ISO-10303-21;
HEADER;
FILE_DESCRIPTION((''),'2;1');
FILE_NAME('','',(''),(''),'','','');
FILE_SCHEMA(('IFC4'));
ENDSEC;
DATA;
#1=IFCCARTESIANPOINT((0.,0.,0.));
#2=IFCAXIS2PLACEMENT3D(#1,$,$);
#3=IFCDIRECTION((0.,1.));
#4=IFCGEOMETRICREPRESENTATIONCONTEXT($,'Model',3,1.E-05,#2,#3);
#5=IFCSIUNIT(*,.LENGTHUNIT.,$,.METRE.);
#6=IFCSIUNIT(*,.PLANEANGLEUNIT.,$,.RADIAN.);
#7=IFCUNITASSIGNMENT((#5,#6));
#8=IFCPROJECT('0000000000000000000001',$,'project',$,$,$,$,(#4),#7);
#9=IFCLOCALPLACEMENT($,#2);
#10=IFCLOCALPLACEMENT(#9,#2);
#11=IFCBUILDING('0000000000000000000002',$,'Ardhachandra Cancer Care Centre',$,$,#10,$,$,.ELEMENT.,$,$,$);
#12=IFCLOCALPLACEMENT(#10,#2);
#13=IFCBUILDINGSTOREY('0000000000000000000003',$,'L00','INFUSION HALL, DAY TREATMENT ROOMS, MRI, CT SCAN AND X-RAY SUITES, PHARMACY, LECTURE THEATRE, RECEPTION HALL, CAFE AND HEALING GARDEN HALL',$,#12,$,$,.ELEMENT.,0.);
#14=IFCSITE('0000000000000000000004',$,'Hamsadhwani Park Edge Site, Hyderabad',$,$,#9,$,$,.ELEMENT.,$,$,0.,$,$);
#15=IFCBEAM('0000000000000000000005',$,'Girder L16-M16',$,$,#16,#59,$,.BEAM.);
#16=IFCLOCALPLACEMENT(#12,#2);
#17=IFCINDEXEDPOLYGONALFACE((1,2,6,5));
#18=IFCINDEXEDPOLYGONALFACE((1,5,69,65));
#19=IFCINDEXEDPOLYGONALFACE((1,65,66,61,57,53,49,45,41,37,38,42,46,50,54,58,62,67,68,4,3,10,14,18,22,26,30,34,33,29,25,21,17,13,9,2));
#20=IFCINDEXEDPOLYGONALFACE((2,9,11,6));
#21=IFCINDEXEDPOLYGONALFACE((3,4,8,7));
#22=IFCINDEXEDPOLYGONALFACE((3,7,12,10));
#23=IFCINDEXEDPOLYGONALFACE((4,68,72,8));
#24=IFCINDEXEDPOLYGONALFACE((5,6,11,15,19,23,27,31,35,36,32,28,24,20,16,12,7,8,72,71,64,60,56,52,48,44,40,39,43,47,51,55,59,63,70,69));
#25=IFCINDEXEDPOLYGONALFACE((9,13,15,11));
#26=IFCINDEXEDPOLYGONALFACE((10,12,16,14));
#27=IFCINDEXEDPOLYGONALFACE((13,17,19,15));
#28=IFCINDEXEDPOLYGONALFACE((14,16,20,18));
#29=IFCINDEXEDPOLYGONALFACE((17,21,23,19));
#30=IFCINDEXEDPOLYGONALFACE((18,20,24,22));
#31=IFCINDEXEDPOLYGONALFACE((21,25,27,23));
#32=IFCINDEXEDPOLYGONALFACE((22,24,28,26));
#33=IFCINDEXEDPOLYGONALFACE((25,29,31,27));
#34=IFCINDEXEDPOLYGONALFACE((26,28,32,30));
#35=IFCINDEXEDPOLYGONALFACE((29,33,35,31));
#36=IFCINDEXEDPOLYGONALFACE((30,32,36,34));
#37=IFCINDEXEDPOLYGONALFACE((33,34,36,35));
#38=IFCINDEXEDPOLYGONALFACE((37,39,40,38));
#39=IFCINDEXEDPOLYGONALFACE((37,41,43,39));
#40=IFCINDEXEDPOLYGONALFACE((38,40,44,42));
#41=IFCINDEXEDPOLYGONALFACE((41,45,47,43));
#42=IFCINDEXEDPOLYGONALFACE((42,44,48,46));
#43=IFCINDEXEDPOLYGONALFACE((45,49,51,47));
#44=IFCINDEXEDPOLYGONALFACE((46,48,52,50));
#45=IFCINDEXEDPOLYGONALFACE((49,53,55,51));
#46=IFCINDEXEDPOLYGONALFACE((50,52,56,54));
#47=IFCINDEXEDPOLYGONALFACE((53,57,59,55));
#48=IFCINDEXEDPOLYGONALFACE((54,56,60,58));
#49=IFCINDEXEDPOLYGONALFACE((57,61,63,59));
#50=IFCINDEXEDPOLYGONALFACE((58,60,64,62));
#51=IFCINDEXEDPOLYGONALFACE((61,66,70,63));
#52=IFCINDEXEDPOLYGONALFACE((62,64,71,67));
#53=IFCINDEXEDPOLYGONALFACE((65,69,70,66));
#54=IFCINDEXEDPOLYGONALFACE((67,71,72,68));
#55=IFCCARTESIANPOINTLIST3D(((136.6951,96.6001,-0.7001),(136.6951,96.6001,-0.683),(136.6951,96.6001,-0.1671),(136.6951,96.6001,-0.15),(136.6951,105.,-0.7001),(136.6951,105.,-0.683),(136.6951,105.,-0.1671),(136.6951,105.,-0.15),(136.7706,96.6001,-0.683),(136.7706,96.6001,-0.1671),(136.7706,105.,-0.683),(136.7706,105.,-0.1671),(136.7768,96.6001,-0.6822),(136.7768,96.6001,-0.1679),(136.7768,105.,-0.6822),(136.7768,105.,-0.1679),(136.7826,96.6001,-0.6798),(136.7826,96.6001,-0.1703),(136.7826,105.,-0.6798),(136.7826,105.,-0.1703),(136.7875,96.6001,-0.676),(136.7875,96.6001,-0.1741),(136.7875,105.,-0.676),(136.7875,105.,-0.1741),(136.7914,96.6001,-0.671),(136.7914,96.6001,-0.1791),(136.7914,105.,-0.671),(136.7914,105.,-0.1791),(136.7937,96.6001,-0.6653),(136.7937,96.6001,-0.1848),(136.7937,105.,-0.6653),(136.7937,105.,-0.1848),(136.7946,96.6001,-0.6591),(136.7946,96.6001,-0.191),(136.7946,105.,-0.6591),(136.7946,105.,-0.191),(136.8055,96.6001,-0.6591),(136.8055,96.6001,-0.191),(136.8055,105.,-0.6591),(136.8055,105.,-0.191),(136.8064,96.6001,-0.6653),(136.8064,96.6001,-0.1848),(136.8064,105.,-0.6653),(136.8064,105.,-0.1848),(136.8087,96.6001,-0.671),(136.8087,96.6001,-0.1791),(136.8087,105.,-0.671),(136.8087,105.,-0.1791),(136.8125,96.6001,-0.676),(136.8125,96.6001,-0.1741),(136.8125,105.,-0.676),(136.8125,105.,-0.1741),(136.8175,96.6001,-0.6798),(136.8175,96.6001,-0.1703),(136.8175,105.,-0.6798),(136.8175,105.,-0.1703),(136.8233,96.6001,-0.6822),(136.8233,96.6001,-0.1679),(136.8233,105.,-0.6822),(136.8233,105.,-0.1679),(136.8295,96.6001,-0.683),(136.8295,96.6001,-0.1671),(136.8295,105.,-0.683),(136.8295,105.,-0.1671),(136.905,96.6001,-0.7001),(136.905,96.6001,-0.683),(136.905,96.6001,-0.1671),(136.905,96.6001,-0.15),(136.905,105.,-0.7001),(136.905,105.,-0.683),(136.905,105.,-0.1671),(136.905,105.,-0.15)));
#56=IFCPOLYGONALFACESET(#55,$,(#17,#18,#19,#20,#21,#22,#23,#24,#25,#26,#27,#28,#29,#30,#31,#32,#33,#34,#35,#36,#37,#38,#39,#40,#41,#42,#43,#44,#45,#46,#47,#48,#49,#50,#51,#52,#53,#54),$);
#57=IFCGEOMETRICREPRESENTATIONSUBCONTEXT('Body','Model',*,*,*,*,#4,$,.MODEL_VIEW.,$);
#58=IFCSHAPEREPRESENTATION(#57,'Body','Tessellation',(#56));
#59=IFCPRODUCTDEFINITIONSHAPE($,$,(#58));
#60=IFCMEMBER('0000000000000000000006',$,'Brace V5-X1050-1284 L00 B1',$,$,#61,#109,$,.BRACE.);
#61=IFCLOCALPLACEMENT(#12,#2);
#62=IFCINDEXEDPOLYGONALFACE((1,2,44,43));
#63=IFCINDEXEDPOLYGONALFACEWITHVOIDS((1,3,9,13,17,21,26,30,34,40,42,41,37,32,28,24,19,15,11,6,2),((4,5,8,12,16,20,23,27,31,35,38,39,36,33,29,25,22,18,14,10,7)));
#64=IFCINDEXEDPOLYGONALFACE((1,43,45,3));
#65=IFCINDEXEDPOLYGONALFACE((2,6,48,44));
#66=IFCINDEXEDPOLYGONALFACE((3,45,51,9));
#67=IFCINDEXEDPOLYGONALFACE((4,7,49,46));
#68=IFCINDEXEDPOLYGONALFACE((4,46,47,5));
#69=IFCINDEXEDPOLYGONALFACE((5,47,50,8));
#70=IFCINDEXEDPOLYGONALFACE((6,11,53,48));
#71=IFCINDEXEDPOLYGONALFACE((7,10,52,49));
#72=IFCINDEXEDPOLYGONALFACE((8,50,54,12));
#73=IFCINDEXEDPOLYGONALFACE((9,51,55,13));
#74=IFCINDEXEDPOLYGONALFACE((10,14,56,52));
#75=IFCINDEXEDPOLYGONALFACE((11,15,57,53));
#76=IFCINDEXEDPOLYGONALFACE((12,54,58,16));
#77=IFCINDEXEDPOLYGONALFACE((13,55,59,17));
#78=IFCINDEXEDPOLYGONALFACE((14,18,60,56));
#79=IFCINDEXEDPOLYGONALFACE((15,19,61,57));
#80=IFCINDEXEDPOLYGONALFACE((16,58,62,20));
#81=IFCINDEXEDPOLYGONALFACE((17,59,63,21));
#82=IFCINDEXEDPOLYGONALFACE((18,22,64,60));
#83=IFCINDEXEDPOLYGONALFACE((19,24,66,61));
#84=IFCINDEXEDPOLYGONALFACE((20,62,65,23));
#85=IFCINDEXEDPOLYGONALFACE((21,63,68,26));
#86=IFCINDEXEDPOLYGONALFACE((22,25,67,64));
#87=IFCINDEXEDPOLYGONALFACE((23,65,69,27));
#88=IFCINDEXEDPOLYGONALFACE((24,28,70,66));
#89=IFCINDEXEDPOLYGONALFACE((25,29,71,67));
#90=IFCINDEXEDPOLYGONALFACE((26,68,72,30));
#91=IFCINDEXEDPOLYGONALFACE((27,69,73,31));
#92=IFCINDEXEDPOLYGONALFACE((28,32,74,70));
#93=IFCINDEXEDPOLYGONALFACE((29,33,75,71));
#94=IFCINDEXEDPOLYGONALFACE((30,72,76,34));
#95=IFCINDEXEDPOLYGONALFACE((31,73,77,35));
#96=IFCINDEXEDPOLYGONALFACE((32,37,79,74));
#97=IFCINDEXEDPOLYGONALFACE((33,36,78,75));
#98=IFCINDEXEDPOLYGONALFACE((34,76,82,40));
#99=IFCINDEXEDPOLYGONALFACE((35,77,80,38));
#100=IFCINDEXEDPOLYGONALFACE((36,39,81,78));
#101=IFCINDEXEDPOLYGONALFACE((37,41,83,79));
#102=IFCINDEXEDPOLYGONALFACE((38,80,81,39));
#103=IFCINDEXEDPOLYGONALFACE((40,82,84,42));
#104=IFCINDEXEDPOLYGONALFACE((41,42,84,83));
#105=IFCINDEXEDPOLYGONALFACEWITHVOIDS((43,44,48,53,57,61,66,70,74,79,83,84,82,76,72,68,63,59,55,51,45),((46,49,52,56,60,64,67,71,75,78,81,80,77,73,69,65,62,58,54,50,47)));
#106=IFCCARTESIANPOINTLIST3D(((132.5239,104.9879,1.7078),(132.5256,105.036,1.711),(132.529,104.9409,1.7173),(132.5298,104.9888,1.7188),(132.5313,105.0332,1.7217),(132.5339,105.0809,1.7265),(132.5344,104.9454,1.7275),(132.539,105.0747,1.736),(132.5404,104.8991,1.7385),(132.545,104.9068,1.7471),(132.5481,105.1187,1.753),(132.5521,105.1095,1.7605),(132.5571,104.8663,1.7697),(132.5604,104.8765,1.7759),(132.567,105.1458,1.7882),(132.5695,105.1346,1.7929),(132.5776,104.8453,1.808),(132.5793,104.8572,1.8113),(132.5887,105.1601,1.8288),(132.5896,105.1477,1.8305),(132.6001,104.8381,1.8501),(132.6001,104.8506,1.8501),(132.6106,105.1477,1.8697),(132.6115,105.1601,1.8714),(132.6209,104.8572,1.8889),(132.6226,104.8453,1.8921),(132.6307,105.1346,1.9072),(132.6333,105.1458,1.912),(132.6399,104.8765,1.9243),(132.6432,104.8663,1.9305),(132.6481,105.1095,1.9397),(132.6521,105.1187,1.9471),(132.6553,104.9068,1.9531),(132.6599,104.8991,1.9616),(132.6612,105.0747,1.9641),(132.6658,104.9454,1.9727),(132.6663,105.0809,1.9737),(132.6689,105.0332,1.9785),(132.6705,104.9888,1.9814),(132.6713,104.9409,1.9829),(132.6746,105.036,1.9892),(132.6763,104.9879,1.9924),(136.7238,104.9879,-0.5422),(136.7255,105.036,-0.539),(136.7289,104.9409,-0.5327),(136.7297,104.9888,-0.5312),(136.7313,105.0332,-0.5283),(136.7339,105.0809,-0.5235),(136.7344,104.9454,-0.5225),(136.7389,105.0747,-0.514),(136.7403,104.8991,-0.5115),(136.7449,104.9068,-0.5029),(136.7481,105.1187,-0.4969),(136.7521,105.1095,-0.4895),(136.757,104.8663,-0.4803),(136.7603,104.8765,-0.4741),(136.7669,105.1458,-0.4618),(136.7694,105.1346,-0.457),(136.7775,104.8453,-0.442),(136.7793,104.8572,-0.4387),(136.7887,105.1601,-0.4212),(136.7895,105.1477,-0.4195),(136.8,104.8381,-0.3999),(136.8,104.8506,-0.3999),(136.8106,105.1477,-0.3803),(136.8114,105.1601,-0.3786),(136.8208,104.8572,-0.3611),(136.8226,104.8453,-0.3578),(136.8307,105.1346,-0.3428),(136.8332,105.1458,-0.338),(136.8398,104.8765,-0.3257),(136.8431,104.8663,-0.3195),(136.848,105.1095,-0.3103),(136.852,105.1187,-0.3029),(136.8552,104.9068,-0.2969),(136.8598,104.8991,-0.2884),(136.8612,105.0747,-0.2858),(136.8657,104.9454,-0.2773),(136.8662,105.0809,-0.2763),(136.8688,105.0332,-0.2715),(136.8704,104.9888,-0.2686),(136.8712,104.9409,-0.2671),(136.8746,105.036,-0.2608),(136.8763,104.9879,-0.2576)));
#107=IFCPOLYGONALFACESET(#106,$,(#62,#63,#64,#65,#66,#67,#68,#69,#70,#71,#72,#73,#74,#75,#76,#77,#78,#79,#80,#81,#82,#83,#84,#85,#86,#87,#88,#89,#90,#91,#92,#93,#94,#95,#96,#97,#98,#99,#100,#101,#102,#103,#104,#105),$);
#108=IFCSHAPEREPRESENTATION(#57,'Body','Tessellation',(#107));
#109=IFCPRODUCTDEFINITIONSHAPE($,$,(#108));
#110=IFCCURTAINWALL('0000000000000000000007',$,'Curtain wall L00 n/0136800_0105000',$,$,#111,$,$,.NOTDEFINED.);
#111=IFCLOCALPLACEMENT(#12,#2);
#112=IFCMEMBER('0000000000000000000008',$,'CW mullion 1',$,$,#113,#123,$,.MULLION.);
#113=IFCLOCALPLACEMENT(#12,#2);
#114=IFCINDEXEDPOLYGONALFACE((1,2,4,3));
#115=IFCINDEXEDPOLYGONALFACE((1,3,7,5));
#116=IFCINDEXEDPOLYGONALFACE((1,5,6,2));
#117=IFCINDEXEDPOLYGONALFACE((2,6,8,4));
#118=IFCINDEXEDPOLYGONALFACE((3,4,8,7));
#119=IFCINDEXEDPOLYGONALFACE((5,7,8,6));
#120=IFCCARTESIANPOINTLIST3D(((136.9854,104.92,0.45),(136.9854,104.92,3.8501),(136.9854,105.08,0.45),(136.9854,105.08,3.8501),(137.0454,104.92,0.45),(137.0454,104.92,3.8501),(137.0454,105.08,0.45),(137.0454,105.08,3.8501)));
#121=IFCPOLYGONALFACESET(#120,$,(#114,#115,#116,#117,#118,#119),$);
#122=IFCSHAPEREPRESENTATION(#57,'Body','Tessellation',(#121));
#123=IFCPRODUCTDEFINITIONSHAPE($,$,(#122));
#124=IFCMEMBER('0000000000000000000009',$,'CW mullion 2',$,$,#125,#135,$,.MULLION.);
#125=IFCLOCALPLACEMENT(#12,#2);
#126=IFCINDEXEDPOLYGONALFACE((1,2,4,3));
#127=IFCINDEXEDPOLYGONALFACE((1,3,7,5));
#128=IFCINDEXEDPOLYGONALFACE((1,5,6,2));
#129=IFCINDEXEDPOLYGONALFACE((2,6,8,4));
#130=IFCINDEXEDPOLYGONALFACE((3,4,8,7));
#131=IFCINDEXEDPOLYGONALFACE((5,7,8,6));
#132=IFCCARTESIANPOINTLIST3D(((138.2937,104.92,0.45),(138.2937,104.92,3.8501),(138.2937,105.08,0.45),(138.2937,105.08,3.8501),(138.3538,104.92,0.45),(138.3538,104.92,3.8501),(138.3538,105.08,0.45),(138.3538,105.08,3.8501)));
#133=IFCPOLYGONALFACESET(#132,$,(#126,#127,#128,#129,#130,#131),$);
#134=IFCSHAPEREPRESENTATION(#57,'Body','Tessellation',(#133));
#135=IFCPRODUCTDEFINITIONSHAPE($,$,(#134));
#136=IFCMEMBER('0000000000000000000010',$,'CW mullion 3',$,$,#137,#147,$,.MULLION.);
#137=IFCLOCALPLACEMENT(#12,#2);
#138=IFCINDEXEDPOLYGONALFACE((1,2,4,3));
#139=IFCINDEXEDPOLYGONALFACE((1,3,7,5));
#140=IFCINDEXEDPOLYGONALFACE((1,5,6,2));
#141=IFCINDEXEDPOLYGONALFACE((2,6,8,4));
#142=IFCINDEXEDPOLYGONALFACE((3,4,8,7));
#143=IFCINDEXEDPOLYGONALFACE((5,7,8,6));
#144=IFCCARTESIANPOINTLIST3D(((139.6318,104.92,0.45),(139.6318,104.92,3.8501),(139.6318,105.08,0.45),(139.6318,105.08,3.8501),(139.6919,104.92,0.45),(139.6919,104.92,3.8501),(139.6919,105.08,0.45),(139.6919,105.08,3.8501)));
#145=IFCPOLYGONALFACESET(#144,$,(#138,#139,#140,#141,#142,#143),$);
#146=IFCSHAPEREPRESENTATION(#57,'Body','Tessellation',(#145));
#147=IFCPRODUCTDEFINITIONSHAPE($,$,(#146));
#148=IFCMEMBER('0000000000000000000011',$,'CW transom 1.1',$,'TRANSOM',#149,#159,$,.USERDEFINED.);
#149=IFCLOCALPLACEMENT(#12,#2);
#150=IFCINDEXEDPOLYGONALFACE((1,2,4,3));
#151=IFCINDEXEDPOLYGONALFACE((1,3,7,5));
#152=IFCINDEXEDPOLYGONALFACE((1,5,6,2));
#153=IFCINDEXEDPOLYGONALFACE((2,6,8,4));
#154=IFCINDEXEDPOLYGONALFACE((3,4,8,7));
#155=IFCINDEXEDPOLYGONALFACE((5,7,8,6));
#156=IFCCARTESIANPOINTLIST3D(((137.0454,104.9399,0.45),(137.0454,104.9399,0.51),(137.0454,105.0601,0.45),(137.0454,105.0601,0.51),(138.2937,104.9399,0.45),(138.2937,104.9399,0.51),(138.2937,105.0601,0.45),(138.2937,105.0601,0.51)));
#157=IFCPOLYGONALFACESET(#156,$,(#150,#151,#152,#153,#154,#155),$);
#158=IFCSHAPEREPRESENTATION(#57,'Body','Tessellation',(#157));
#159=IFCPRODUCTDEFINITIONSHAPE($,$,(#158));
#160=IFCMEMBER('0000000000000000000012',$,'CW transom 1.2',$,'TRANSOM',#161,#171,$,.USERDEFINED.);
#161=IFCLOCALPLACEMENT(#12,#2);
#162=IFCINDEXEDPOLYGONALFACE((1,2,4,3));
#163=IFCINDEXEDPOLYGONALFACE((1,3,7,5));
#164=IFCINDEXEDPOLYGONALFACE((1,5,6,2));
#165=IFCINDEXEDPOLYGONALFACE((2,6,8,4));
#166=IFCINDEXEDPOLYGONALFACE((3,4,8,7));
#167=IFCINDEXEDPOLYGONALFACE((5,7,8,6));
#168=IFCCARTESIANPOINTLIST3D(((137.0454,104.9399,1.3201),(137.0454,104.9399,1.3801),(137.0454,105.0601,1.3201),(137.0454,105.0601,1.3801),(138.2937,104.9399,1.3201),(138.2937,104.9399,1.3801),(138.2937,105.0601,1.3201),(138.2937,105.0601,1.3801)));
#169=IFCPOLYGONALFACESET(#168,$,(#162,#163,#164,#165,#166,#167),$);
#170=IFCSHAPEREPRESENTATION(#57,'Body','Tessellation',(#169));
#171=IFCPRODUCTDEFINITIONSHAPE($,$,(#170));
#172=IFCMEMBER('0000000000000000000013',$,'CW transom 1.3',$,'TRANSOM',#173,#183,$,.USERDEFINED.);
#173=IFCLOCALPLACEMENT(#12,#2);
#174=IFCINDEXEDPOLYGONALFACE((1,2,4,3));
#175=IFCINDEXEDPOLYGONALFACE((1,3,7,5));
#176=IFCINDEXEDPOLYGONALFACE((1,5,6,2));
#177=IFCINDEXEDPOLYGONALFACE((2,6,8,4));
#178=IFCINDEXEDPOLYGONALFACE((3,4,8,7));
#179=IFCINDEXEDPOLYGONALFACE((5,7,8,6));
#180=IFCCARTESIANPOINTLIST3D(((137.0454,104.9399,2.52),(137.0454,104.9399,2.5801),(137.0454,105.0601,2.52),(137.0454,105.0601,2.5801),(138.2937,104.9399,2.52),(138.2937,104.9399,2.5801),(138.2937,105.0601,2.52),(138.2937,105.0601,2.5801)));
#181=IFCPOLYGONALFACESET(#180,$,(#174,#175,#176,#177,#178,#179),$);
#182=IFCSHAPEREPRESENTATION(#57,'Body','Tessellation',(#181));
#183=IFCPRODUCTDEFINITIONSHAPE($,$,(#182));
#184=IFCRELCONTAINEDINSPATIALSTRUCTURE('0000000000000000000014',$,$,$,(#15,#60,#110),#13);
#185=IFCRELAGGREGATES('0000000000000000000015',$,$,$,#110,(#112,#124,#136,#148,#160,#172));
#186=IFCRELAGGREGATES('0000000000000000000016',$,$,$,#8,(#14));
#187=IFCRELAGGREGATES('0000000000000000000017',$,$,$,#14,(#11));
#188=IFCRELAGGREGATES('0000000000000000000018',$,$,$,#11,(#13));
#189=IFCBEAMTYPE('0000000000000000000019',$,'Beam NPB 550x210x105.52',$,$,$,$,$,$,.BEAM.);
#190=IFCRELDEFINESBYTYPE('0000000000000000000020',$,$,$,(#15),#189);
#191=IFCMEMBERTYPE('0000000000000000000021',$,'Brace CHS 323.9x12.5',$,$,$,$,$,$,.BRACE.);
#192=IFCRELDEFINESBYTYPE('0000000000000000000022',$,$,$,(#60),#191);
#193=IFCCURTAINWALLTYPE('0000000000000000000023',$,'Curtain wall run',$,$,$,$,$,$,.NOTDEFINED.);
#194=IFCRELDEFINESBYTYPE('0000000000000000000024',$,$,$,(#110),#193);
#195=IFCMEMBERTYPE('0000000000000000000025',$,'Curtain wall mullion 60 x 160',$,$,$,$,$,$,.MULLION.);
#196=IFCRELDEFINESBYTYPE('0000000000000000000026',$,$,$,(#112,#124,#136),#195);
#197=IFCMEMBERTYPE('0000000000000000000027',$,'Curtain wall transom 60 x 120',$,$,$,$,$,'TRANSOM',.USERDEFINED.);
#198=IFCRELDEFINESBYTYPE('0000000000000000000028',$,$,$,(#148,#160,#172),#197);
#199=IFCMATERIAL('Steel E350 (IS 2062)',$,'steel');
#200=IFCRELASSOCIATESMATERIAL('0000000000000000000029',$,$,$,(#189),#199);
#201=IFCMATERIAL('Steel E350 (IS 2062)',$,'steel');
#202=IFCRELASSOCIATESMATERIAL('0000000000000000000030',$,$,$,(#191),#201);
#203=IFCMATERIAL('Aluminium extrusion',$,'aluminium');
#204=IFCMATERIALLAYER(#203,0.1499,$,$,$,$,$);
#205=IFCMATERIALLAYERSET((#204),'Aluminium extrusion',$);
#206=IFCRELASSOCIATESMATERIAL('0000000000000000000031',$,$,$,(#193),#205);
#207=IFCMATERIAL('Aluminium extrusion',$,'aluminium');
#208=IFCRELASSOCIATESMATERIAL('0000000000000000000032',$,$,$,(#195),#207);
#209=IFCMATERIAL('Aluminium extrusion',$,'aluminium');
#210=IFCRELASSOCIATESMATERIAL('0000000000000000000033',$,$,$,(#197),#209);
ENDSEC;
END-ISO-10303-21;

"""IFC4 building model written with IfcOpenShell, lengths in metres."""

from ifc_helpers import new_model, si_unit, direction, frame, origin, origin_2d, place, context, subcontext, project, spatial, rectangle, hollow_circle, i_section, extrude, material, layer, layer_set, material_profile, profile_set, type_object, element, aggregate, save


model = new_model("IFC4")

# Units and contexts
model_context = context("Model", 3, precision=1e-05, world=origin(), true_north=direction((0.0, 1.0)))
body_context = subcontext(model_context, "Body", "Model", "MODEL_VIEW")
ifc_project = project(units=[si_unit("LENGTHUNIT", "METRE"), si_unit("PLANEANGLEUNIT", "RADIAN")], contexts=[model_context])

# Site, building, storey
site_placement = place(None, origin())
site = spatial("IfcSite", under=ifc_project, at=site_placement, Name="Hamsadhwani Park Edge Site, Hyderabad", CompositionType="ELEMENT", RefElevation=0.0)
building_placement = place(site_placement, origin())
building = spatial("IfcBuilding", under=site, at=building_placement, Name="Ardhachandra Cancer Care Centre", CompositionType="ELEMENT")
storey_placement = place(building_placement, origin())
storey = spatial("IfcBuildingStorey", under=building, at=storey_placement, Name="L00", Description="INFUSION HALL, DAY TREATMENT ROOMS, MRI, CT SCAN AND X-RAY SUITES, PHARMACY, LECTURE THEATRE, RECEPTION HALL, CAFE AND HEALING GARDEN HALL", CompositionType="ELEMENT", Elevation=0.0)

# Beam
ifc_material_1 = material(Name="Steel E350 (IS 2062)", Category="steel")
ifc_material_profile_1 = material_profile(ifc_material_1, i_section(OverallWidth=0.21, OverallDepth=0.55, WebThickness=0.011, FlangeThickness=0.0171, FilletRadius=0.0239, at=origin_2d()), Name="NPB 550x210x105.52")
ifc_profile_set_1 = profile_set([ifc_material_profile_1], Name="Steel E350 (IS 2062)")
beam_type_1 = type_object("IfcBeamType", Name="Beam NPB 550x210x105.52", PredefinedType="BEAM", material=ifc_profile_set_1)
beam_1_placement = place(storey_placement, frame((136.8, 96.6001, -0.425), z_axis=(0.0, 1.0, 0.0), x_axis=(-1.0, 0.0, 0.0)))
element("IfcBeam", 1, at=beam_1_placement, inside=storey, type_object=beam_type_1, Name="Girder L16-M16", PredefinedType="BEAM", context=body_context, shape_type="SweptSolid", body=[
    extrude(i_section(OverallWidth=0.21, OverallDepth=0.55, WebThickness=0.011, FlangeThickness=0.0171, FilletRadius=0.0239, at=origin_2d()), origin(), (0.0, 0.0, 1.0), 8.3999),
])

# Member
ifc_material_2 = material(Name="Steel E350 (IS 2062)", Category="steel")
ifc_material_profile_2 = material_profile(ifc_material_2, hollow_circle(Radius=0.1619, WallThickness=0.0125, at=origin_2d()), Name="CHS 323.9x12.5")
ifc_profile_set_2 = profile_set([ifc_material_profile_2], Name="Steel E350 (IS 2062)")
member_type_1 = type_object("IfcMemberType", Name="Brace CHS 323.9x12.5", PredefinedType="BRACE", material=ifc_profile_set_2)
member_1_placement = place(storey_placement, frame((136.8, 105.0, -0.3999), z_axis=(-0.881478, 0.0, 0.472226), x_axis=(0.0, -1.0, 0.0)))
element("IfcMember", 2, at=member_1_placement, inside=storey, type_object=member_type_1, Name="Brace V5-X1050-1284 L00 B1", PredefinedType="BRACE", context=body_context, shape_type="SweptSolid", body=[
    extrude(hollow_circle(Radius=0.1619, WallThickness=0.0125, at=origin_2d()), origin(), (0.0, 0.0, 1.0), 4.7646),
])

# Curtain wall, members
ifc_material_3 = material(Name="Aluminium extrusion", Category="aluminium")
ifc_layer_1 = layer(ifc_material_3, 0.1499)
ifc_layer_set_1 = layer_set([ifc_layer_1], Name="Aluminium extrusion")
curtain_wall_type = type_object("IfcCurtainWallType", Name="Curtain wall run", PredefinedType="NOTDEFINED", material=ifc_layer_set_1)
curtain_wall_placement = place(storey_placement, origin())
curtain_wall = element("IfcCurtainWall", 3, at=curtain_wall_placement, inside=storey, type_object=curtain_wall_type, Name="Curtain wall L00 n/0136800_0105000", PredefinedType="NOTDEFINED")
ifc_material_4 = material(Name="Aluminium extrusion", Category="aluminium")
ifc_material_profile_3 = material_profile(ifc_material_4, rectangle(XDim=0.1599, YDim=0.0601, at=origin_2d()), Name="Curtain wall mullion 60 x 160")
ifc_profile_set_3 = profile_set([ifc_material_profile_3], Name="Aluminium extrusion")
member_type_2 = type_object("IfcMemberType", Name="Curtain wall mullion 60 x 160", PredefinedType="MULLION", material=ifc_profile_set_3)
member_2_placement = place(storey_placement, frame((137.0154, 105.0, 0.45), z_axis=(0.0, 0.0, 1.0), x_axis=(0.0, 1.0, 0.0)))
member_2 = element("IfcMember", 4, at=member_2_placement, type_object=member_type_2, Name="CW mullion 1", PredefinedType="MULLION", context=body_context, shape_type="SweptSolid", body=[
    extrude(rectangle(XDim=0.1599, YDim=0.0601, at=origin_2d()), origin(), (0.0, 0.0, 1.0), 3.4001),
])
member_3_placement = place(storey_placement, frame((138.3237, 105.0, 0.45), z_axis=(0.0, 0.0, 1.0), x_axis=(0.0, 1.0, 0.0)))
member_3 = element("IfcMember", 5, at=member_3_placement, type_object=member_type_2, Name="CW mullion 2", PredefinedType="MULLION", context=body_context, shape_type="SweptSolid", body=[
    extrude(rectangle(XDim=0.1599, YDim=0.0601, at=origin_2d()), origin(), (0.0, 0.0, 1.0), 3.4001),
])
member_4_placement = place(storey_placement, frame((139.6619, 105.0, 0.45), z_axis=(0.0, 0.0, 1.0), x_axis=(0.0, 1.0, 0.0)))
member_4 = element("IfcMember", 6, at=member_4_placement, type_object=member_type_2, Name="CW mullion 3", PredefinedType="MULLION", context=body_context, shape_type="SweptSolid", body=[
    extrude(rectangle(XDim=0.1599, YDim=0.0601, at=origin_2d()), origin(), (0.0, 0.0, 1.0), 3.4001),
])
ifc_material_5 = material(Name="Aluminium extrusion", Category="aluminium")
ifc_material_profile_4 = material_profile(ifc_material_5, rectangle(XDim=0.1201, YDim=0.0601, at=origin_2d()), Name="Curtain wall transom 60 x 120")
ifc_profile_set_4 = profile_set([ifc_material_profile_4], Name="Aluminium extrusion")
member_type_3 = type_object("IfcMemberType", Name="Curtain wall transom 60 x 120", ElementType="TRANSOM", PredefinedType="USERDEFINED", material=ifc_profile_set_4)
member_5_placement = place(storey_placement, frame((137.0454, 105.0, 0.48), z_axis=(1.0, 0.0, 0.0), x_axis=(0.0, 1.0, 0.0)))
member_5 = element("IfcMember", 7, at=member_5_placement, type_object=member_type_3, Name="CW transom 1.1", ObjectType="TRANSOM", PredefinedType="USERDEFINED", context=body_context, shape_type="SweptSolid", body=[
    extrude(rectangle(XDim=0.1201, YDim=0.0601, at=origin_2d()), origin(), (0.0, 0.0, 1.0), 1.2483),
])
member_6_placement = place(storey_placement, frame((137.0454, 105.0, 1.3501), z_axis=(1.0, 0.0, 0.0), x_axis=(0.0, 1.0, 0.0)))
member_6 = element("IfcMember", 8, at=member_6_placement, type_object=member_type_3, Name="CW transom 1.2", ObjectType="TRANSOM", PredefinedType="USERDEFINED", context=body_context, shape_type="SweptSolid", body=[
    extrude(rectangle(XDim=0.1201, YDim=0.0601, at=origin_2d()), origin(), (0.0, 0.0, 1.0), 1.2483),
])
member_7_placement = place(storey_placement, frame((137.0454, 105.0, 2.55), z_axis=(1.0, 0.0, 0.0), x_axis=(0.0, 1.0, 0.0)))
member_7 = element("IfcMember", 9, at=member_7_placement, type_object=member_type_3, Name="CW transom 1.3", ObjectType="TRANSOM", PredefinedType="USERDEFINED", context=body_context, shape_type="SweptSolid", body=[
    extrude(rectangle(XDim=0.1201, YDim=0.0601, at=origin_2d()), origin(), (0.0, 0.0, 1.0), 1.2483),
])
aggregate(curtain_wall, [member_2, member_3, member_4, member_5, member_6, member_7])

save(model, "model.ifc")
